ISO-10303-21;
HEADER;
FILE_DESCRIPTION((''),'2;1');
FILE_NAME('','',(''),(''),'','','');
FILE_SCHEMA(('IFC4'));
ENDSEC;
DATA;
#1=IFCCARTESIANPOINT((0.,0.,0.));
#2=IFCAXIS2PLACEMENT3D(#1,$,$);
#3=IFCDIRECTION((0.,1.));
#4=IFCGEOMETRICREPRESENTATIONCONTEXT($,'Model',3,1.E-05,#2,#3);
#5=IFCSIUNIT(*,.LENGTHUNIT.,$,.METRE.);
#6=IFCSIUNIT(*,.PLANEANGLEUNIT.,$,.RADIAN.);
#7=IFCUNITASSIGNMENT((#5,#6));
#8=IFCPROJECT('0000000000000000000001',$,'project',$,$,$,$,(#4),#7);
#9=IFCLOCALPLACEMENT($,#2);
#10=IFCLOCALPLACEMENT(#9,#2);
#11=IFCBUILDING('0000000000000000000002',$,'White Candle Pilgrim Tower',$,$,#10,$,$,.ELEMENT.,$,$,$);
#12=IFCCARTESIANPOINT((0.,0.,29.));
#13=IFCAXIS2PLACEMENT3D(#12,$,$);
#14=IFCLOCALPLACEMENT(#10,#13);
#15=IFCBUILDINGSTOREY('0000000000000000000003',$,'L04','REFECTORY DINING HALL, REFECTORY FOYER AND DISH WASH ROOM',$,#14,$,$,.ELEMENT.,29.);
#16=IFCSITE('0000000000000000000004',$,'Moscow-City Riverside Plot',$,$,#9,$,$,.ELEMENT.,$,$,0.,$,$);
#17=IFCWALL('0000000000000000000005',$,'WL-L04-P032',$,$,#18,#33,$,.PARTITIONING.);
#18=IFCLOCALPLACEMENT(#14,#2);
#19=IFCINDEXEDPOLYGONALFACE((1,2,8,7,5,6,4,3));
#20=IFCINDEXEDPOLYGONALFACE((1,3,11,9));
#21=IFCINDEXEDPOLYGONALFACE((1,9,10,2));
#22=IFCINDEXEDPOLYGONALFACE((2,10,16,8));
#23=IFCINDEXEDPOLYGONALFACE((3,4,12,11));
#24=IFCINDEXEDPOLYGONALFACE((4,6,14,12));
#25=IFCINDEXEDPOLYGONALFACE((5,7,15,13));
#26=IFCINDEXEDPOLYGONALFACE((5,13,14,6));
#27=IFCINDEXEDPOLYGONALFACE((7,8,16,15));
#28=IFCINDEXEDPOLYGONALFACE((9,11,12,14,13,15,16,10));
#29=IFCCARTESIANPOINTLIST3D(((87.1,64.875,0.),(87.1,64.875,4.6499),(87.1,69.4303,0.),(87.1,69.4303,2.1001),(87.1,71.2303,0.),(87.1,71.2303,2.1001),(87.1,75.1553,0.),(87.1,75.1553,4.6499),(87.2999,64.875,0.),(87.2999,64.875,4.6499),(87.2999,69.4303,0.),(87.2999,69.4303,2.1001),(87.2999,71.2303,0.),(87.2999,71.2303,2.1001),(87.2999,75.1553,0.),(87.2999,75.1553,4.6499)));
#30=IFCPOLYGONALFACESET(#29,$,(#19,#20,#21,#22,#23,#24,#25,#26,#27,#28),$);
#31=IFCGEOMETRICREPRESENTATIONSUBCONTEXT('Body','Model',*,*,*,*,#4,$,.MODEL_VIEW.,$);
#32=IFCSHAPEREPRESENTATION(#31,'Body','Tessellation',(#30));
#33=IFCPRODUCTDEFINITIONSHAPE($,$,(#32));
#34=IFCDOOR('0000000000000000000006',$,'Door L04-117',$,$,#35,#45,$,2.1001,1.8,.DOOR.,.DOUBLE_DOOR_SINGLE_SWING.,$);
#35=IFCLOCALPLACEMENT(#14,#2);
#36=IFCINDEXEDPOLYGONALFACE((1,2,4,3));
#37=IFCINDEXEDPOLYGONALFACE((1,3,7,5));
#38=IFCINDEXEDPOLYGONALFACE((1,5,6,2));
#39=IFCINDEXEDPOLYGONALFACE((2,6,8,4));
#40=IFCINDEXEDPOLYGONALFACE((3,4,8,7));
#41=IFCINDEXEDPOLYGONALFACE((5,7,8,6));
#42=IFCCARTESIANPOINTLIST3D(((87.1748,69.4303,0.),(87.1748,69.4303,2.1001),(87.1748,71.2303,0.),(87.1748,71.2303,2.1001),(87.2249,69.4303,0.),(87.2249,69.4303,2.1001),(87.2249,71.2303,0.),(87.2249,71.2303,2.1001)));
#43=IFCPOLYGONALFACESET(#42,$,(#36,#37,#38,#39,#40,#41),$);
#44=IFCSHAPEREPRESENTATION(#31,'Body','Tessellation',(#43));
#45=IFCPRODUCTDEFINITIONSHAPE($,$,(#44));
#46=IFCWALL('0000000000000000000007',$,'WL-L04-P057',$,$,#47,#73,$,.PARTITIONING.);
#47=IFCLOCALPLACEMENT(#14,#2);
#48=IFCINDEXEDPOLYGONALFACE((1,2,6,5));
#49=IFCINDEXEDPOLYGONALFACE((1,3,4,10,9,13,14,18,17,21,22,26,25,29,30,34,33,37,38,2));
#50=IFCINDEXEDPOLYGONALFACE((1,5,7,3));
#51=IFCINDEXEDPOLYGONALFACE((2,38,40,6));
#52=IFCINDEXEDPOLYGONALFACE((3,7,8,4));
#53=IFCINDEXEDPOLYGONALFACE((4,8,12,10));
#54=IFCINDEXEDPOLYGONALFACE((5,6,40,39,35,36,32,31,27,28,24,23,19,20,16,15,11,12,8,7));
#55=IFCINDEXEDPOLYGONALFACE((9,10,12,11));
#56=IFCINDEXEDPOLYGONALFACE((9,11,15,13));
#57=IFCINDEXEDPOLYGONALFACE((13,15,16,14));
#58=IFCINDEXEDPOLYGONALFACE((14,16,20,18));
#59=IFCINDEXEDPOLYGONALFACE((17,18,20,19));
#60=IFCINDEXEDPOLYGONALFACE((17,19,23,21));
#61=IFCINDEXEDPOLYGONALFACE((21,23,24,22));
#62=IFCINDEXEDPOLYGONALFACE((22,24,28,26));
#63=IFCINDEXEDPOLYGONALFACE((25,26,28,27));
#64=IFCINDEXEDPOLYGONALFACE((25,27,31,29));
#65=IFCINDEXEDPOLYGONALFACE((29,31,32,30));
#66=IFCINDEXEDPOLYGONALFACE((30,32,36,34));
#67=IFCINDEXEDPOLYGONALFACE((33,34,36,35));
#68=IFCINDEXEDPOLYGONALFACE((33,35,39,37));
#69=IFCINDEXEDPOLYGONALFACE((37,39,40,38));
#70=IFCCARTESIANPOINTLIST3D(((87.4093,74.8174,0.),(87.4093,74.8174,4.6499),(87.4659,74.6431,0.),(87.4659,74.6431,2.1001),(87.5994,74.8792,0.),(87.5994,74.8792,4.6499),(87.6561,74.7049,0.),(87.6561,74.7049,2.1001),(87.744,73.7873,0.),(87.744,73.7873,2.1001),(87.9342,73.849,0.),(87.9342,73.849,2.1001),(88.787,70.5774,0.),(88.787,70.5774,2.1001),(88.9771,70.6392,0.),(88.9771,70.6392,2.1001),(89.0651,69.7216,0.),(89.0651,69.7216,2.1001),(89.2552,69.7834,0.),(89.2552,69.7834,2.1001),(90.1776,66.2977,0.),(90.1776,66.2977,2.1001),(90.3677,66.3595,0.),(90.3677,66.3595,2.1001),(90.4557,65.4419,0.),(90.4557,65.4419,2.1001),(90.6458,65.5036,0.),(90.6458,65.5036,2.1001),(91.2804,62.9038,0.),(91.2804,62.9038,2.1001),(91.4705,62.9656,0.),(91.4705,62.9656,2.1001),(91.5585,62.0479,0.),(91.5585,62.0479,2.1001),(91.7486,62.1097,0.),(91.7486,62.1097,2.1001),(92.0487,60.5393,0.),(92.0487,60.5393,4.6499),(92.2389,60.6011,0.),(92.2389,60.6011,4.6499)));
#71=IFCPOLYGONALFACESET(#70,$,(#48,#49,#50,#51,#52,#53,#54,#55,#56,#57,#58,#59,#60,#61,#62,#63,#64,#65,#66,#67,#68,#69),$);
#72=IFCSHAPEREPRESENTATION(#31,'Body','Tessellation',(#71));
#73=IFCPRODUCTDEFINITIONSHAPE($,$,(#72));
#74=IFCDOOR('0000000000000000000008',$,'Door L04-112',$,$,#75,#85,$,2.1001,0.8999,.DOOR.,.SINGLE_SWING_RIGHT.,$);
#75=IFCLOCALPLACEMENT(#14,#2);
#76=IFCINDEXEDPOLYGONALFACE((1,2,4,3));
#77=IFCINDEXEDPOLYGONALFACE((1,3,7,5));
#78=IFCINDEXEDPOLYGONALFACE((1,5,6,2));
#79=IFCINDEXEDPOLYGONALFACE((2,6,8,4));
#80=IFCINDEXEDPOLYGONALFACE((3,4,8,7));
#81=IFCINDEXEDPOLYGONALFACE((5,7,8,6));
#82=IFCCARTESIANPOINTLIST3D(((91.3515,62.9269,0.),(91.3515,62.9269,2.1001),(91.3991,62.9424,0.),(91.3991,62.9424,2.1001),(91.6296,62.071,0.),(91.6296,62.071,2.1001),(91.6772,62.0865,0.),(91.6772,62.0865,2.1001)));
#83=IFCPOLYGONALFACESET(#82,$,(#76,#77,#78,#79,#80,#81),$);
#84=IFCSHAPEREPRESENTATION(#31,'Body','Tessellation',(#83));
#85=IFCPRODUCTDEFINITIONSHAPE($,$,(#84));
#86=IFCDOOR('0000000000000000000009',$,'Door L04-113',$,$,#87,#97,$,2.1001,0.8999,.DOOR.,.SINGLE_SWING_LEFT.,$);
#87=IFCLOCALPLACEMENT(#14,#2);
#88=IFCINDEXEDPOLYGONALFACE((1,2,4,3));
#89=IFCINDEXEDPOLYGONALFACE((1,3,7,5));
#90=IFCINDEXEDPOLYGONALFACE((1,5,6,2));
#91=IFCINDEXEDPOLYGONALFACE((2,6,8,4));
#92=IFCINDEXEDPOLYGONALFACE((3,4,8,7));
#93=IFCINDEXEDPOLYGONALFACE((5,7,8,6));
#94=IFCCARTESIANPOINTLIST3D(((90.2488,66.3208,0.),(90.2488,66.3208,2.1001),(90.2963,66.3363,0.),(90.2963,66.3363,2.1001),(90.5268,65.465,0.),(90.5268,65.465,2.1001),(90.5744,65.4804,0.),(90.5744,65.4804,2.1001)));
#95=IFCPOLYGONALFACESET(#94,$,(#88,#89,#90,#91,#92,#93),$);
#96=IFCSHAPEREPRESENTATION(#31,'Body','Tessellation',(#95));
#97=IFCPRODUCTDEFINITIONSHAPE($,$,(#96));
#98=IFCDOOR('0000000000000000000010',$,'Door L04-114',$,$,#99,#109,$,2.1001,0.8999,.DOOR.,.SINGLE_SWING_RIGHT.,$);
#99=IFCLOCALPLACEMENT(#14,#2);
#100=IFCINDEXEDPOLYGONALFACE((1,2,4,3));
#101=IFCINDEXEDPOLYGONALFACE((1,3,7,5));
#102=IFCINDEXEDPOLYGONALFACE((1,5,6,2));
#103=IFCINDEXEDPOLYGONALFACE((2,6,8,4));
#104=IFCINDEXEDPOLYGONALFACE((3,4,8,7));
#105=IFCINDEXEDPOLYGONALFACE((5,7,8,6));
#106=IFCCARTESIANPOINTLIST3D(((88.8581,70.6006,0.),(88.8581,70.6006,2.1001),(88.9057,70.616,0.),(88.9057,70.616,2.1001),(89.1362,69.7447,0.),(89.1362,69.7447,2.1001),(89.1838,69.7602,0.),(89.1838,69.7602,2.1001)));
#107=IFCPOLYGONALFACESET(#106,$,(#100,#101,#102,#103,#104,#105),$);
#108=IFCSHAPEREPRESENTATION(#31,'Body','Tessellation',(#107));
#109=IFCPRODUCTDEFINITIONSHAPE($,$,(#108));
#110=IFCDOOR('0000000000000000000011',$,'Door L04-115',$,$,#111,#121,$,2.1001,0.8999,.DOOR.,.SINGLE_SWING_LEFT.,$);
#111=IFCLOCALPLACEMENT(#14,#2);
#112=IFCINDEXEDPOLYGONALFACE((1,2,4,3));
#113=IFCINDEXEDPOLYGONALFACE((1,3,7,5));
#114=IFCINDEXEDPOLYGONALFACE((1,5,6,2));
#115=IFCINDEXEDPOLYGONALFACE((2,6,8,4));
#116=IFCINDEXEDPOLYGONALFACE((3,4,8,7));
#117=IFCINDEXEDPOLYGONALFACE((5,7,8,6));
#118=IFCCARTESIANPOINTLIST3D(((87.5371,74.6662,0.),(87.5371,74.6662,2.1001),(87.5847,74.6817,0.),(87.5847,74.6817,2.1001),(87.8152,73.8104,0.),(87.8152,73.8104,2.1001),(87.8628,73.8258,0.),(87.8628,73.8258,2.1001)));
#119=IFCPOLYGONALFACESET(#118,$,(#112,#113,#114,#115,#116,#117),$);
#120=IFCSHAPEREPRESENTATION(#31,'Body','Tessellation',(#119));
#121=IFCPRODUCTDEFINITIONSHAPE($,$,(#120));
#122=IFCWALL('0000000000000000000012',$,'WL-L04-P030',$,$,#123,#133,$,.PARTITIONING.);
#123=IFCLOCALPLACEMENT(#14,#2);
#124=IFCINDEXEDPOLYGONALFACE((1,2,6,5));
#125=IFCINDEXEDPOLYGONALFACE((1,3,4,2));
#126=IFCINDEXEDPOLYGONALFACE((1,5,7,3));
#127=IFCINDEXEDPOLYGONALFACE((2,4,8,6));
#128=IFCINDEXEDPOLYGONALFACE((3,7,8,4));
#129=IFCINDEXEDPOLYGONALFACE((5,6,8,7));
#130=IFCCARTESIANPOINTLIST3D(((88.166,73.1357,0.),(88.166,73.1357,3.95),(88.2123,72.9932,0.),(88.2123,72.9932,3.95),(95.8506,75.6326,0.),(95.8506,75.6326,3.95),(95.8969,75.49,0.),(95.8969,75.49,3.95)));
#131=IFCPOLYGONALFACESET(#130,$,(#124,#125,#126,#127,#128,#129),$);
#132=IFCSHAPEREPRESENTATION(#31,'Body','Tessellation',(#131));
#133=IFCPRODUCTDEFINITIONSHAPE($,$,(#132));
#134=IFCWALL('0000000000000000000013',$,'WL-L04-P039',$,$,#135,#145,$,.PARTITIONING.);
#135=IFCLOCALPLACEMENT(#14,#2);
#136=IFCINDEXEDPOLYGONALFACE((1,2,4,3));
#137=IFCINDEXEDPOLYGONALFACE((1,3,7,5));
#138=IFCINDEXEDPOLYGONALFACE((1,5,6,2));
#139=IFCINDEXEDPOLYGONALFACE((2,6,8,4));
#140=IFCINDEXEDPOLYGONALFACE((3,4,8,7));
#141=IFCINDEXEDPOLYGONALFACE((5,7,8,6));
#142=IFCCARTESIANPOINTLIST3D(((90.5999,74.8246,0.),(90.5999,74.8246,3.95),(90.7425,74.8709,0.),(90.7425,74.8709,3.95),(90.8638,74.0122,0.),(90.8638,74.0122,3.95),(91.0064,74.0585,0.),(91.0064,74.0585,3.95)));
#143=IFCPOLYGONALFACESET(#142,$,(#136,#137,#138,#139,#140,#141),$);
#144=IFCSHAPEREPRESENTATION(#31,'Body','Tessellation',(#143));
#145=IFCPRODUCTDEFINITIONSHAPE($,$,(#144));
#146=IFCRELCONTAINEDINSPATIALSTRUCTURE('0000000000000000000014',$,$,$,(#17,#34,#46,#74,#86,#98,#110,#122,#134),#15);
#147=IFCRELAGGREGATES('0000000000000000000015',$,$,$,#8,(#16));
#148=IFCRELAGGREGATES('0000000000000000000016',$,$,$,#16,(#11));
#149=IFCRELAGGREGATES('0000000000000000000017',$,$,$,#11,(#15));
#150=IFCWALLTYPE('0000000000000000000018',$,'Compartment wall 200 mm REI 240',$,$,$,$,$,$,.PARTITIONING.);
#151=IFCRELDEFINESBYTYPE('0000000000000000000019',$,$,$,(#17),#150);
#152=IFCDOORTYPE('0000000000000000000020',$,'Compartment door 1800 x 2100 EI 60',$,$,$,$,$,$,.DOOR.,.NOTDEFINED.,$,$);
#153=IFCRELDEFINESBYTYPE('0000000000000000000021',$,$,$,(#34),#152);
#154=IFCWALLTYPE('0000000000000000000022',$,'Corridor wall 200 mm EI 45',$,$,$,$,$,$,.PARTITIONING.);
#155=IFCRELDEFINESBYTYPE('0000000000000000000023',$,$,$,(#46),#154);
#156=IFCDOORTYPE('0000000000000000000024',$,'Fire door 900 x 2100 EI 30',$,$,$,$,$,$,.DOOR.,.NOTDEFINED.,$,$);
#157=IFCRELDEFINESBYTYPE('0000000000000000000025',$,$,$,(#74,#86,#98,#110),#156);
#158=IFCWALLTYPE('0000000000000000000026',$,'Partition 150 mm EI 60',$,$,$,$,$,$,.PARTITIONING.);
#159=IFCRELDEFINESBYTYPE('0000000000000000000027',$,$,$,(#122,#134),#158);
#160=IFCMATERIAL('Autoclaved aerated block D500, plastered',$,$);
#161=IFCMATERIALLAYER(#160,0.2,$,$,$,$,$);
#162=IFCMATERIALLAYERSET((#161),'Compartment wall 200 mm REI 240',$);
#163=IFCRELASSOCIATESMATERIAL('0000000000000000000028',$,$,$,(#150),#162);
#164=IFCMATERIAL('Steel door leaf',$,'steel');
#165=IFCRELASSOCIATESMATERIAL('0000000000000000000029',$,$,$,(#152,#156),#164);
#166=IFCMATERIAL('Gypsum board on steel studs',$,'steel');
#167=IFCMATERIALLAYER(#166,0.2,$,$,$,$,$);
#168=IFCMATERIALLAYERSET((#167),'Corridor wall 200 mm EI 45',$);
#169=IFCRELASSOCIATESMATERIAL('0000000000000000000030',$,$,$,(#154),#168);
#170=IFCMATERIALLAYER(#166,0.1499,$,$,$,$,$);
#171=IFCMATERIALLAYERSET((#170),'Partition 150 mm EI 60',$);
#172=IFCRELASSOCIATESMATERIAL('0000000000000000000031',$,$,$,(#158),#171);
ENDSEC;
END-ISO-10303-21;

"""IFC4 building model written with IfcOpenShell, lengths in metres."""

from ifc_helpers import new_model, si_unit, direction, frame, frame_2d, origin, place, context, subcontext, project, spatial, rectangle, extrude, material, layer, layer_set, type_object, element, fill, save


model = new_model("IFC4")

# Units and contexts
model_context = context("Model", 3, precision=1e-05, world=origin(), true_north=direction((0.0, 1.0)))
body_context = subcontext(model_context, "Body", "Model", "MODEL_VIEW")
ifc_project = project(units=[si_unit("LENGTHUNIT", "METRE"), si_unit("PLANEANGLEUNIT", "RADIAN")], contexts=[model_context])

# Site, building, storey
site_placement = place(None, origin())
site = spatial("IfcSite", under=ifc_project, at=site_placement, Name="Moscow-City Riverside Plot", CompositionType="ELEMENT", RefElevation=0.0)
building_placement = place(site_placement, origin())
building = spatial("IfcBuilding", under=site, at=building_placement, Name="White Candle Pilgrim Tower", CompositionType="ELEMENT")
storey_placement = place(building_placement, frame((0.0, 0.0, 29.0)))
storey = spatial("IfcBuildingStorey", under=building, at=storey_placement, Name="L04", Description="REFECTORY DINING HALL, REFECTORY FOYER AND DISH WASH ROOM", CompositionType="ELEMENT", Elevation=29.0)

# Shared definitions
ifc_material_1 = material(Name="Autoclaved aerated block D500, plastered")
ifc_layer_1 = layer(ifc_material_1, 0.2)
ifc_layer_set_1 = layer_set([ifc_layer_1], Name="Compartment wall 200 mm REI 240")
wall_type_1 = type_object("IfcWallType", Name="Compartment wall 200 mm REI 240", PredefinedType="PARTITIONING", material=ifc_layer_set_1)

# Wall, opening, door
wall_1_placement = place(storey_placement, frame((87.2, 75.1553, 0.0), z_axis=(0.0, 0.0, 1.0), x_axis=(0.0, -1.0, 0.0)))
wall_1 = element("IfcWall", 1, at=wall_1_placement, inside=storey, type_object=wall_type_1, Name="WL-L04-P032", PredefinedType="PARTITIONING", context=body_context, shape_type="SweptSolid", body=[
    extrude(rectangle(XDim=10.2803, YDim=0.2, at=frame_2d((5.1401, 0.0))), origin(), (0.0, 0.0, 1.0), 4.6499),
])
opening_1_placement = place(wall_1_placement, frame((3.925, 0.0, 0.0)))
opening_1 = element("IfcOpeningElement", 2, at=opening_1_placement, cuts=wall_1, PredefinedType="OPENING", context=body_context, shape_type="SweptSolid", body=[
    extrude(rectangle(XDim=1.8, YDim=2.1001, at=frame_2d((0.8999, 1.05))), frame((0.0, 0.1099, 0.0), z_axis=(0.0, -1.0, 0.0), x_axis=(1.0, 0.0, 0.0)), (0.0, 0.0, 1.0), 0.22),
])
ifc_material_2 = material(Name="Steel door leaf", Category="steel")
door_type_1 = type_object("IfcDoorType", Name="Compartment door 1800 x 2100 EI 60", OperationType="NOTDEFINED", PredefinedType="DOOR", material=ifc_material_2)
door_1_placement = place(opening_1_placement, origin())
door_1 = element("IfcDoor", 3, at=door_1_placement, inside=storey, type_object=door_type_1, Name="Door L04-117", OperationType="DOUBLE_DOOR_SINGLE_SWING", OverallHeight=2.1001, OverallWidth=1.8, PredefinedType="DOOR", context=body_context, shape_type="SweptSolid", body=[
    extrude(rectangle(XDim=1.8, YDim=2.1001, at=frame_2d((0.8999, 1.05))), frame((0.0, 0.0249, 0.0), z_axis=(0.0, -1.0, 0.0), x_axis=(1.0, 0.0, 0.0)), (0.0, 0.0, 1.0), 0.05),
])
fill(opening_1, door_1)

# Wall, openings, doors
ifc_material_3 = material(Name="Gypsum board on steel studs", Category="steel")
ifc_layer_2 = layer(ifc_material_3, 0.2)
ifc_layer_set_2 = layer_set([ifc_layer_2], Name="Corridor wall 200 mm EI 45")
wall_type_2 = type_object("IfcWallType", Name="Corridor wall 200 mm EI 45", PredefinedType="PARTITIONING", material=ifc_layer_set_2)
wall_2_placement = place(storey_placement, frame((87.5044, 74.8481, 0.0), z_axis=(0.0, 0.0, 1.0), x_axis=(0.309028, -0.951053, 0.0)))
wall_2 = element("IfcWall", 4, at=wall_2_placement, inside=storey, type_object=wall_type_2, Name="WL-L04-P057", PredefinedType="PARTITIONING", context=body_context, shape_type="SweptSolid", body=[
    extrude(rectangle(XDim=15.0129, YDim=0.2, at=frame_2d((7.5063, 0.0))), origin(), (0.0, 0.0, 1.0), 4.6499),
])
opening_2_placement = place(wall_2_placement, frame((12.5266, 0.0, 0.0)))
opening_2 = element("IfcOpeningElement", 5, at=opening_2_placement, cuts=wall_2, PredefinedType="OPENING", context=body_context, shape_type="SweptSolid", body=[
    extrude(rectangle(XDim=0.8999, YDim=2.1001, at=frame_2d((0.45, 1.05))), frame((0.0, 0.1099, 0.0), z_axis=(0.0, -1.0, 0.0), x_axis=(1.0, 0.0, 0.0)), (0.0, 0.0, 1.0), 0.22),
])
opening_3_placement = place(wall_2_placement, frame((8.958, 0.0, 0.0)))
opening_3 = element("IfcOpeningElement", 6, at=opening_3_placement, cuts=wall_2, PredefinedType="OPENING", context=body_context, shape_type="SweptSolid", body=[
    extrude(rectangle(XDim=0.8999, YDim=2.1001, at=frame_2d((0.45, 1.05))), frame((0.0, 0.1099, 0.0), z_axis=(0.0, -1.0, 0.0), x_axis=(1.0, 0.0, 0.0)), (0.0, 0.0, 1.0), 0.22),
])
opening_4_placement = place(wall_2_placement, frame((4.458, 0.0, 0.0)))
opening_4 = element("IfcOpeningElement", 7, at=opening_4_placement, cuts=wall_2, PredefinedType="OPENING", context=body_context, shape_type="SweptSolid", body=[
    extrude(rectangle(XDim=0.8999, YDim=2.1001, at=frame_2d((0.45, 1.05))), frame((0.0, 0.1099, 0.0), z_axis=(0.0, -1.0, 0.0), x_axis=(1.0, 0.0, 0.0)), (0.0, 0.0, 1.0), 0.22),
])
opening_5_placement = place(wall_2_placement, frame((0.1831, 0.0, 0.0)))
opening_5 = element("IfcOpeningElement", 8, at=opening_5_placement, cuts=wall_2, PredefinedType="OPENING", context=body_context, shape_type="SweptSolid", body=[
    extrude(rectangle(XDim=0.8999, YDim=2.1001, at=frame_2d((0.45, 1.05))), frame((0.0, 0.1099, 0.0), z_axis=(0.0, -1.0, 0.0), x_axis=(1.0, 0.0, 0.0)), (0.0, 0.0, 1.0), 0.22),
])
door_type_2 = type_object("IfcDoorType", Name="Fire door 900 x 2100 EI 30", OperationType="NOTDEFINED", PredefinedType="DOOR", material=ifc_material_2)
door_2_placement = place(opening_2_placement, origin())
door_2 = element("IfcDoor", 9, at=door_2_placement, inside=storey, type_object=door_type_2, Name="Door L04-112", OperationType="SINGLE_SWING_RIGHT", OverallHeight=2.1001, OverallWidth=0.8999, PredefinedType="DOOR", context=body_context, shape_type="SweptSolid", body=[
    extrude(rectangle(XDim=0.8999, YDim=2.1001, at=frame_2d((0.45, 1.05))), frame((0.0, 0.0249, 0.0), z_axis=(0.0, -1.0, 0.0), x_axis=(1.0, 0.0, 0.0)), (0.0, 0.0, 1.0), 0.05),
])
fill(opening_2, door_2)
door_3_placement = place(opening_3_placement, origin())
door_3 = element("IfcDoor", 10, at=door_3_placement, inside=storey, type_object=door_type_2, Name="Door L04-113", OperationType="SINGLE_SWING_LEFT", OverallHeight=2.1001, OverallWidth=0.8999, PredefinedType="DOOR", context=body_context, shape_type="SweptSolid", body=[
    extrude(rectangle(XDim=0.8999, YDim=2.1001, at=frame_2d((0.45, 1.05))), frame((0.0, 0.0249, 0.0), z_axis=(0.0, -1.0, 0.0), x_axis=(1.0, 0.0, 0.0)), (0.0, 0.0, 1.0), 0.05),
])
fill(opening_3, door_3)
door_4_placement = place(opening_4_placement, origin())
door_4 = element("IfcDoor", 11, at=door_4_placement, inside=storey, type_object=door_type_2, Name="Door L04-114", OperationType="SINGLE_SWING_RIGHT", OverallHeight=2.1001, OverallWidth=0.8999, PredefinedType="DOOR", context=body_context, shape_type="SweptSolid", body=[
    extrude(rectangle(XDim=0.8999, YDim=2.1001, at=frame_2d((0.45, 1.05))), frame((0.0, 0.0249, 0.0), z_axis=(0.0, -1.0, 0.0), x_axis=(1.0, 0.0, 0.0)), (0.0, 0.0, 1.0), 0.05),
])
fill(opening_4, door_4)
door_5_placement = place(opening_5_placement, origin())
door_5 = element("IfcDoor", 12, at=door_5_placement, inside=storey, type_object=door_type_2, Name="Door L04-115", OperationType="SINGLE_SWING_LEFT", OverallHeight=2.1001, OverallWidth=0.8999, PredefinedType="DOOR", context=body_context, shape_type="SweptSolid", body=[
    extrude(rectangle(XDim=0.8999, YDim=2.1001, at=frame_2d((0.45, 1.05))), frame((0.0, 0.0249, 0.0), z_axis=(0.0, -1.0, 0.0), x_axis=(1.0, 0.0, 0.0)), (0.0, 0.0, 1.0), 0.05),
])
fill(opening_5, door_5)

# Walls
ifc_layer_3 = layer(ifc_material_3, 0.1499)
ifc_layer_set_3 = layer_set([ifc_layer_3], Name="Partition 150 mm EI 60")
wall_type_3 = type_object("IfcWallType", Name="Partition 150 mm EI 60", PredefinedType="PARTITIONING", material=ifc_layer_set_3)
wall_3_placement = place(storey_placement, frame((95.8738, 75.5613, 0.0), z_axis=(0.0, 0.0, 1.0), x_axis=(-0.951058, -0.309012, 0.0)))
element("IfcWall", 13, at=wall_3_placement, inside=storey, type_object=wall_type_3, Name="WL-L04-P030", PredefinedType="PARTITIONING", context=body_context, shape_type="SweptSolid", body=[
    extrude(rectangle(XDim=8.0801, YDim=0.1499, at=frame_2d((4.04, 0.0))), origin(), (0.0, 0.0, 1.0), 3.95),
])
wall_4_placement = place(storey_placement, frame((90.6711, 74.8479, 0.0), z_axis=(0.0, 0.0, 1.0), x_axis=(0.308931, -0.951084, 0.0)))
element("IfcWall", 14, at=wall_4_placement, inside=storey, type_object=wall_type_3, Name="WL-L04-P039", PredefinedType="PARTITIONING", context=body_context, shape_type="SweptSolid", body=[
    extrude(rectangle(XDim=0.8542, YDim=0.1499, at=frame_2d((0.4272, 0.0))), origin(), (0.0, 0.0, 1.0), 3.95),
])

save(model, "model.ifc")
